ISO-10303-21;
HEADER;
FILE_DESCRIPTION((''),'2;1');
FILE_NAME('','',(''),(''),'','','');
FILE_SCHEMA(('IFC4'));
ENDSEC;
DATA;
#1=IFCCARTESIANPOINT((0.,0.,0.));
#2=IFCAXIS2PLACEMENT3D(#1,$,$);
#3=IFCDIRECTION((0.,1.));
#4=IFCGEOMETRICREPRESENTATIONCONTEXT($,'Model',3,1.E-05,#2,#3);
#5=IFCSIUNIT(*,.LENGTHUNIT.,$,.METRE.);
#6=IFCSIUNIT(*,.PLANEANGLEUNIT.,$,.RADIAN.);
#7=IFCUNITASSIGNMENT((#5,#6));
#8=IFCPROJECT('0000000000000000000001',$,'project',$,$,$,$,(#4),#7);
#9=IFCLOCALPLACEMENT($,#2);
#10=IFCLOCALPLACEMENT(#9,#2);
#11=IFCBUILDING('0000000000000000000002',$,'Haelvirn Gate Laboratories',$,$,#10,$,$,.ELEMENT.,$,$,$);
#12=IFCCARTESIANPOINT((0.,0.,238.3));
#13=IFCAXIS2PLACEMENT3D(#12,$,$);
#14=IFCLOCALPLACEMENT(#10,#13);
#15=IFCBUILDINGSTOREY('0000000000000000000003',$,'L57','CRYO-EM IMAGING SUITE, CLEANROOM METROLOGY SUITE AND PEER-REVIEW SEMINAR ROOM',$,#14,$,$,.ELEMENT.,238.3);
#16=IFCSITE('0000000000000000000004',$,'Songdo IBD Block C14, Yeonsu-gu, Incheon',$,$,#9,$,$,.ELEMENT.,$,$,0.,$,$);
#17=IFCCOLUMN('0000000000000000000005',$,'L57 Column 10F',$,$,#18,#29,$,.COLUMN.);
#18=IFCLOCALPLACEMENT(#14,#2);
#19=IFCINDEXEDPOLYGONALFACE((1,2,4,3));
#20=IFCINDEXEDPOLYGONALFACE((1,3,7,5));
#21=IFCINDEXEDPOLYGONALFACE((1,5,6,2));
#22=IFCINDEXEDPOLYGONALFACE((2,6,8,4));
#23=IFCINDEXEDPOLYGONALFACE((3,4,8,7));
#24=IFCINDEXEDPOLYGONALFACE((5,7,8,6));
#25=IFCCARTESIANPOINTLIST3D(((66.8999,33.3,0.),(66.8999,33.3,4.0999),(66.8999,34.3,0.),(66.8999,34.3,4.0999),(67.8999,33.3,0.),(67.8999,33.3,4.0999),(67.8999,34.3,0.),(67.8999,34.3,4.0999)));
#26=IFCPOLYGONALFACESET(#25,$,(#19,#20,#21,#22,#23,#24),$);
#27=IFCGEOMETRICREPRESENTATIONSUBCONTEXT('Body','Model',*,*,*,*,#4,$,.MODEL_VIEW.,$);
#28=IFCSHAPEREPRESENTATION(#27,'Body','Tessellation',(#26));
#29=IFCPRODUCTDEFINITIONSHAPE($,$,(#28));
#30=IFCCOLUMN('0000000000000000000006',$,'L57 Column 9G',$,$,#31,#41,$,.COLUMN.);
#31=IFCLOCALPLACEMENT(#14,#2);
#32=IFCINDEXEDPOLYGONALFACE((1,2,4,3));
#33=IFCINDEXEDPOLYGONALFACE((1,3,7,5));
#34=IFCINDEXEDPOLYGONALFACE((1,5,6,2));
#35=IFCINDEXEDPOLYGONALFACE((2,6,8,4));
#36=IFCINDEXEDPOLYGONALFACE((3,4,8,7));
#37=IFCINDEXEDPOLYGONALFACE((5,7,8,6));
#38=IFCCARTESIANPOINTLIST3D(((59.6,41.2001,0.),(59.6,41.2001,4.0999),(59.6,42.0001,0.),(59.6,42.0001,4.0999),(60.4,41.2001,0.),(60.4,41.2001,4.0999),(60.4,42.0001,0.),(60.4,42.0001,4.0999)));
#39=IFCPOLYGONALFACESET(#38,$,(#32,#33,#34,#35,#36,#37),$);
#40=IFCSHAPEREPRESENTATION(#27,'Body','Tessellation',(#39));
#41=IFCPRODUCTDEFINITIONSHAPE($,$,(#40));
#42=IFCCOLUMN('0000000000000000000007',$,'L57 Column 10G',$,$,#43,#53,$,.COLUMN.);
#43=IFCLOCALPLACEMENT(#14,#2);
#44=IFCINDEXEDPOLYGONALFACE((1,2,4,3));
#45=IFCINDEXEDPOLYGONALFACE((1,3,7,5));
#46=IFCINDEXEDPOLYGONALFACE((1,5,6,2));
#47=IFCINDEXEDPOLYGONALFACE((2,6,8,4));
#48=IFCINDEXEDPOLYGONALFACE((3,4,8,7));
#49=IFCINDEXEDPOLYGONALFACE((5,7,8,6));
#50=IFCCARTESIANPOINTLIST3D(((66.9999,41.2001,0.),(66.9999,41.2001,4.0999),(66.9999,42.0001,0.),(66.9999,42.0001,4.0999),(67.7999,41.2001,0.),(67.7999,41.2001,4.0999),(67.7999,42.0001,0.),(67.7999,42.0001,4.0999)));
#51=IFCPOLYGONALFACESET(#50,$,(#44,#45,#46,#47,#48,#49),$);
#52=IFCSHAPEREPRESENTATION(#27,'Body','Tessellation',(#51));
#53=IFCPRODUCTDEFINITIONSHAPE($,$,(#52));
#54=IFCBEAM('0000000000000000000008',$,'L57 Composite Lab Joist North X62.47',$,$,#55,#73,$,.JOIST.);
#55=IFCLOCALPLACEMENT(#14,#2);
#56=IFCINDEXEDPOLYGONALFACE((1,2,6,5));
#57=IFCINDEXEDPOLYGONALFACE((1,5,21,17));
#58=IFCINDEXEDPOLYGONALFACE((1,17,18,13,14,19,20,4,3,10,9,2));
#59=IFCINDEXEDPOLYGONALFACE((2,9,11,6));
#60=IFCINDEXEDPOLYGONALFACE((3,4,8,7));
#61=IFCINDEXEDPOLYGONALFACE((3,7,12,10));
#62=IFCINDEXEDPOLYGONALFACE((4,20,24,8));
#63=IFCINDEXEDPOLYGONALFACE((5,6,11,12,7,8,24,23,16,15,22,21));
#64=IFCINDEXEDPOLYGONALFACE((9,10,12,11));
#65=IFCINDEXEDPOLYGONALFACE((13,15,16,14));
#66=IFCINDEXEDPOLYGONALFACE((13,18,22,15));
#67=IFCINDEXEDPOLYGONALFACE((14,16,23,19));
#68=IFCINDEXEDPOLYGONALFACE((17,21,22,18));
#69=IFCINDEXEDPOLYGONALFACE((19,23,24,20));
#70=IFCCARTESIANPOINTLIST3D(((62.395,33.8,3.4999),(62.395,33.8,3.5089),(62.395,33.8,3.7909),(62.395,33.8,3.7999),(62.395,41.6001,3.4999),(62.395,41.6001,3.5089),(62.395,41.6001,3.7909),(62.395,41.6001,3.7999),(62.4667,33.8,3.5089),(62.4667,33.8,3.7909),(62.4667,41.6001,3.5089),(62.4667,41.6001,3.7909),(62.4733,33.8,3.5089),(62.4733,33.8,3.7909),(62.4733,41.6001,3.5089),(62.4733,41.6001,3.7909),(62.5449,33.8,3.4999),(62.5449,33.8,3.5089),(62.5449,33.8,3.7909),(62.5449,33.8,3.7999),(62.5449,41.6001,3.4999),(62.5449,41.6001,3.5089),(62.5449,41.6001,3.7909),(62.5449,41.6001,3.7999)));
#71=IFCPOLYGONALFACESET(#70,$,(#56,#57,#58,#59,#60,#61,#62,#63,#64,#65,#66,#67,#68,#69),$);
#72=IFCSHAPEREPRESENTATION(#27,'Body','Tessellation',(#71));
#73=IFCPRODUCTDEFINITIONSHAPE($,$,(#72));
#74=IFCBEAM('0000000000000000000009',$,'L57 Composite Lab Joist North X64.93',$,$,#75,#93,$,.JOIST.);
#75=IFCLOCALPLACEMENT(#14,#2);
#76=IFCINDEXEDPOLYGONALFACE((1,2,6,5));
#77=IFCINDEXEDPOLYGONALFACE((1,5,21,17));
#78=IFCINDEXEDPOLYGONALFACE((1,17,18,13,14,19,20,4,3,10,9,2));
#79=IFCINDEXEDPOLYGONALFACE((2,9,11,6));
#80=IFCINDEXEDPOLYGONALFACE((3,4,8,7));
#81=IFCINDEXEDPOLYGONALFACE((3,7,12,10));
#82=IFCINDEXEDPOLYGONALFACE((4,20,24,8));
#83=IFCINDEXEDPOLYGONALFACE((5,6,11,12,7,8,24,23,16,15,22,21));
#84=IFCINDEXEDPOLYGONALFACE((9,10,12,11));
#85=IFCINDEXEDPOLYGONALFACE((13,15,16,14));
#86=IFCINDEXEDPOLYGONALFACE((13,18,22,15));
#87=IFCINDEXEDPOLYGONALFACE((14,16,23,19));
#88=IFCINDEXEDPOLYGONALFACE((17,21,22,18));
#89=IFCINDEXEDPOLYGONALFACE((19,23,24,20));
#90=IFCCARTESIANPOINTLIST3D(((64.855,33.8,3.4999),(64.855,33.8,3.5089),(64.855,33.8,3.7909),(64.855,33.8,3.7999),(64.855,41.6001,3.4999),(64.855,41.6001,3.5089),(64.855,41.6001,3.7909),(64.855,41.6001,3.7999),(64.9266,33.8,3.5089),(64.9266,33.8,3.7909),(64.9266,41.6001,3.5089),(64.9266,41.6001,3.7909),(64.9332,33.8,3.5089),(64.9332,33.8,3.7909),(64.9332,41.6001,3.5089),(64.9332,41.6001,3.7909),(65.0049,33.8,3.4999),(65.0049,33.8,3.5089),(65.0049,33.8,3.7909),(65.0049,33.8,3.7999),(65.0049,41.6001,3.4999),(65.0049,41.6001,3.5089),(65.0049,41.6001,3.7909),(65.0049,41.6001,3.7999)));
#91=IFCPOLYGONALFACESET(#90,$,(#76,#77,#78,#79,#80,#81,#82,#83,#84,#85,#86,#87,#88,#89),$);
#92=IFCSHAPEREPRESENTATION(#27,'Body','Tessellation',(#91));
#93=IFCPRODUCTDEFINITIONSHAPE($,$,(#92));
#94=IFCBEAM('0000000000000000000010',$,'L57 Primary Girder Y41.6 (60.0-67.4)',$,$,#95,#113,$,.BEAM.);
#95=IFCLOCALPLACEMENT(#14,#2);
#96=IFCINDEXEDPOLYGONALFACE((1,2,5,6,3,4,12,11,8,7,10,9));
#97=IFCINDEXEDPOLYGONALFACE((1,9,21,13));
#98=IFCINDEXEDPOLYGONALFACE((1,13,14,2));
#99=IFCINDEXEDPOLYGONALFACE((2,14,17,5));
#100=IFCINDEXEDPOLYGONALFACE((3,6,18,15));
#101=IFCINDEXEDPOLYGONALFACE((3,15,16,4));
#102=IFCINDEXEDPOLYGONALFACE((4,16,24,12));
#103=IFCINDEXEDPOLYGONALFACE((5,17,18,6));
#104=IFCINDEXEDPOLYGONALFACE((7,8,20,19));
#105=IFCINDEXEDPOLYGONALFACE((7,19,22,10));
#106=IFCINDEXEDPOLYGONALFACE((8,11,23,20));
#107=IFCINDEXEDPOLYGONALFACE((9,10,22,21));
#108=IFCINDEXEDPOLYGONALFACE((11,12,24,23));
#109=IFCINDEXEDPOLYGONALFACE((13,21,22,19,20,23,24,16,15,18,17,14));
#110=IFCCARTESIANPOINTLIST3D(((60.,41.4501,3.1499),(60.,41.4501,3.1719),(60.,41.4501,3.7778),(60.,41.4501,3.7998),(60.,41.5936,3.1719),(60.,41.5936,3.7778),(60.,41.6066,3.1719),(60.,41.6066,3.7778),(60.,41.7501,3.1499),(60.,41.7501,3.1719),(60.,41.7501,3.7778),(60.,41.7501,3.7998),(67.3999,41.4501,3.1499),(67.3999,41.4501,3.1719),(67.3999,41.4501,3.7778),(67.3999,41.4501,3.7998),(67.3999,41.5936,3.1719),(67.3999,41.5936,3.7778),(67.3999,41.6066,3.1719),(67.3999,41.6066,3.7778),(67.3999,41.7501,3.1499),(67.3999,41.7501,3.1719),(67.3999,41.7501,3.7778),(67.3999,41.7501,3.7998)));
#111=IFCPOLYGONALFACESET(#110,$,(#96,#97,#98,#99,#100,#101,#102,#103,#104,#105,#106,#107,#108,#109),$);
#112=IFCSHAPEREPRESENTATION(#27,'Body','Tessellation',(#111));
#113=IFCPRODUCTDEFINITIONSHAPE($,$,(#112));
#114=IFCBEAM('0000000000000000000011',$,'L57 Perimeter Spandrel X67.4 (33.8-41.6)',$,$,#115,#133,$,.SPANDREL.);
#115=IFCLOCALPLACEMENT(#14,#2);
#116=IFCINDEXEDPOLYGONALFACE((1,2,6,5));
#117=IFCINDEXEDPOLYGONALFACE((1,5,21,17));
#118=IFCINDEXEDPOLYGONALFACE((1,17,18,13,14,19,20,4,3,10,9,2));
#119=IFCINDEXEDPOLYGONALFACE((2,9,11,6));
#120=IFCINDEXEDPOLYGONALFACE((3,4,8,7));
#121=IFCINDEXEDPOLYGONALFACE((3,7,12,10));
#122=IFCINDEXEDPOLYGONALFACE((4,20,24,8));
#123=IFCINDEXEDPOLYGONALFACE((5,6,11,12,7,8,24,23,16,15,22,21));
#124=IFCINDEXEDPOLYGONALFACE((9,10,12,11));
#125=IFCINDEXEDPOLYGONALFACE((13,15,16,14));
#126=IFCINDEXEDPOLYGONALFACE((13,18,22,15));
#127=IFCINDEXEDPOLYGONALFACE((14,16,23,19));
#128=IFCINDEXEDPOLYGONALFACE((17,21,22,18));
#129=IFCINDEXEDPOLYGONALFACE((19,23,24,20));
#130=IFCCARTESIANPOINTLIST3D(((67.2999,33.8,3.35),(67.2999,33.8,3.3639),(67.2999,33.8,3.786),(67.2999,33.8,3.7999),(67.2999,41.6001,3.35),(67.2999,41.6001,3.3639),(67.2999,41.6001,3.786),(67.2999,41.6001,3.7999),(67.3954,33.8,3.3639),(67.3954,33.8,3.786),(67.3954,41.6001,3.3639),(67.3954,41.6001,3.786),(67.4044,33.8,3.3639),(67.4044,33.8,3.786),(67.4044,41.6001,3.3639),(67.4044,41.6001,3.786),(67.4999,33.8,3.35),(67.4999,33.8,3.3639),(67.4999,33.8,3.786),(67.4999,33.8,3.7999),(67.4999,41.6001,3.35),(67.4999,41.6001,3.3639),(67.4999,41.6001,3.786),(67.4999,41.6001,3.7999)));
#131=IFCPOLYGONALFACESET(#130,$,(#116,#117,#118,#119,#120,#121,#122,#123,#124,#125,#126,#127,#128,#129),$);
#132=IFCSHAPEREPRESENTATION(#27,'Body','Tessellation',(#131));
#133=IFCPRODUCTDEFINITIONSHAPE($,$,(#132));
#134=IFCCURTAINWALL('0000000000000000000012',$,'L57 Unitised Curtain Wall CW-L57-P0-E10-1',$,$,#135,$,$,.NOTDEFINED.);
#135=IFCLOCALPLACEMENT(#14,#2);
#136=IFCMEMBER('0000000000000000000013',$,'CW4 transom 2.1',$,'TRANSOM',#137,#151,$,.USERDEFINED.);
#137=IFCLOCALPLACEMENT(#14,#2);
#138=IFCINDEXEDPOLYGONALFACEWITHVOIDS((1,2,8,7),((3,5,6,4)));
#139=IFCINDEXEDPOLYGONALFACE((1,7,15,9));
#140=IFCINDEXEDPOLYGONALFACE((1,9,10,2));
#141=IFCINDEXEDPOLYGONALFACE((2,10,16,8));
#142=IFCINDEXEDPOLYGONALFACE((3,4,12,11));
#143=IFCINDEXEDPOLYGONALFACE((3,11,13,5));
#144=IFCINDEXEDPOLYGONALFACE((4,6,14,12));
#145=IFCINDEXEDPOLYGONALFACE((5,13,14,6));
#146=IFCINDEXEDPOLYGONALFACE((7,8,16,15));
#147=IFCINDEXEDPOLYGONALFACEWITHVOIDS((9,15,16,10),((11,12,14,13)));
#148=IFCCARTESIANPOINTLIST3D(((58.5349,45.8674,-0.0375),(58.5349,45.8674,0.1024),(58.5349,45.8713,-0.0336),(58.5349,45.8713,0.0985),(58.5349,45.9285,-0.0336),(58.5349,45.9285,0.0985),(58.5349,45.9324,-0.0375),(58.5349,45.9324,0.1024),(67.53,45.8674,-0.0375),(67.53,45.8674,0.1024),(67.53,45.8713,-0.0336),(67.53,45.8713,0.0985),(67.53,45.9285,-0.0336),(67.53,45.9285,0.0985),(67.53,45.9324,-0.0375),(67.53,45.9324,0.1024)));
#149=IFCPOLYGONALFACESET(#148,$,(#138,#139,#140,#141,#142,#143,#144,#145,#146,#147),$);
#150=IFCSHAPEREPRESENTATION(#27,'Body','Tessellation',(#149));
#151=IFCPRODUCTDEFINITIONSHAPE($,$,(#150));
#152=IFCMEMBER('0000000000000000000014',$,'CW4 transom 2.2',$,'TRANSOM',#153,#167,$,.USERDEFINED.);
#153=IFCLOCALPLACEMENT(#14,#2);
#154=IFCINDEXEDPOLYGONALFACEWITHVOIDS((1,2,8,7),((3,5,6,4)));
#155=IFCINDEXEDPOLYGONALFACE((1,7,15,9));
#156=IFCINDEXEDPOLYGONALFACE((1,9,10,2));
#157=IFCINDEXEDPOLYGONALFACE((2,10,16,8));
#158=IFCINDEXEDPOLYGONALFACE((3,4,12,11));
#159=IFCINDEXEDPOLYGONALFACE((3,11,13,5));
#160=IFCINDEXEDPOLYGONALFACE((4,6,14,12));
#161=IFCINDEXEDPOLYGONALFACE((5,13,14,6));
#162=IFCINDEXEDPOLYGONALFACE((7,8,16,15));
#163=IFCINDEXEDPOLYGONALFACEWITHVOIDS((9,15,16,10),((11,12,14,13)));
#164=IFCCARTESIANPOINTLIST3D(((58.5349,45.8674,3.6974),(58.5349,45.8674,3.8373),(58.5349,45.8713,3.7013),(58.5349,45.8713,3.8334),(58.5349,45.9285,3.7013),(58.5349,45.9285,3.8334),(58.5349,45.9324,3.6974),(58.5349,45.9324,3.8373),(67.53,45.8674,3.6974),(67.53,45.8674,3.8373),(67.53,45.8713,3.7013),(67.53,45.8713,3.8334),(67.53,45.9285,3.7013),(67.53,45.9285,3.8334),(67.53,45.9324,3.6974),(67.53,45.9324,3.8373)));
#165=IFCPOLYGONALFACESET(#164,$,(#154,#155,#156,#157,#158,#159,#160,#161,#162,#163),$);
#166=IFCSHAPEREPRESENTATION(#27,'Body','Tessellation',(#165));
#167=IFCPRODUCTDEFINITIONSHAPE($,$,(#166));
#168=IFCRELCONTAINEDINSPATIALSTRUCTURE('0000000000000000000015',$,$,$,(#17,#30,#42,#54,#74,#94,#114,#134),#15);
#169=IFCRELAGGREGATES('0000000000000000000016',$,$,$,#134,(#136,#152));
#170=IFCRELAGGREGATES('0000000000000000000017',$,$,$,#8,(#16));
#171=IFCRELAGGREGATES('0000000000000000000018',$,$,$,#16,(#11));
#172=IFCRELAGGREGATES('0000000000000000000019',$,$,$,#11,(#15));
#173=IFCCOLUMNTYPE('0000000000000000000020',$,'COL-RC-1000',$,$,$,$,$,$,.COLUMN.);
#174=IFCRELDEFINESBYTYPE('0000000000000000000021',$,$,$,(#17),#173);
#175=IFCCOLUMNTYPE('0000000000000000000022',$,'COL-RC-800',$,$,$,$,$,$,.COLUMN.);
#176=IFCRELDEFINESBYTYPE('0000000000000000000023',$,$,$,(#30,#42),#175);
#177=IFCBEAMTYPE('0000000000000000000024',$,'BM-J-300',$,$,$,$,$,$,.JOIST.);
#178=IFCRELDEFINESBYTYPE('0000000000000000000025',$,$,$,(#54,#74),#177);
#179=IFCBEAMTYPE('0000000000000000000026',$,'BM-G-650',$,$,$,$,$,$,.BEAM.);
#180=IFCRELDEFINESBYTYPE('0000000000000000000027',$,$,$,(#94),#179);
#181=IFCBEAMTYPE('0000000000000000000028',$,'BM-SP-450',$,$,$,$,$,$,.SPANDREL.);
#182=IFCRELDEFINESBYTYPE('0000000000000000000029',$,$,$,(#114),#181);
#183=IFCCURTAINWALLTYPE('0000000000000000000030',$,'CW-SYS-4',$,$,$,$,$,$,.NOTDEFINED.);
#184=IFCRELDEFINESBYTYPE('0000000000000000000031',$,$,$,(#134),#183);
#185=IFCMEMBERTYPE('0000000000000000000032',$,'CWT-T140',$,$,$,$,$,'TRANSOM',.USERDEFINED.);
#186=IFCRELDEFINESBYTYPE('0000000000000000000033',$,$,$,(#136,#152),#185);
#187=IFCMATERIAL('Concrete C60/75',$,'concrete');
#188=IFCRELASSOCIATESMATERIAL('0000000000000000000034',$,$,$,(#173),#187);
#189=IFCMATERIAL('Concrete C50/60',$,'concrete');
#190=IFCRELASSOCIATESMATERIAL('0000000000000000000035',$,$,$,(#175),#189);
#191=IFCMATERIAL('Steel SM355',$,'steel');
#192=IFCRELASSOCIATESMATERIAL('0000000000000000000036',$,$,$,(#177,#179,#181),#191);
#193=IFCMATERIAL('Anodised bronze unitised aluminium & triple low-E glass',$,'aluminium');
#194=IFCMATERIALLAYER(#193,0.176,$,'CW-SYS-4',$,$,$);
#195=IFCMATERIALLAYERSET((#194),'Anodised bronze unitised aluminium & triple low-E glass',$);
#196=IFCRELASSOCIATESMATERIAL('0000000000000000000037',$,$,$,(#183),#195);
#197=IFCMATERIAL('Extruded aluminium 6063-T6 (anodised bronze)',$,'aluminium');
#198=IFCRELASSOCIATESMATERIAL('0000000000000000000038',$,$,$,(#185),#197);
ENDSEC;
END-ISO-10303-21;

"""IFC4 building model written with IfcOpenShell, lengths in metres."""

from ifc_helpers import new_model, si_unit, direction, frame, origin, origin_2d, place, context, subcontext, project, spatial, rectangle, hollow_rectangle, i_section, extrude, source, transform, mapped, material, layer, layer_set, material_profile, profile_set, type_object, type_shapes, element, aggregate, save


model = new_model("IFC4")

# Units and contexts
model_context = context("Model", 3, precision=1e-05, world=origin(), true_north=direction((0.0, 1.0)))
body_context = subcontext(model_context, "Body", "Model", "MODEL_VIEW")
ifc_project = project(units=[si_unit("LENGTHUNIT", "METRE"), si_unit("PLANEANGLEUNIT", "RADIAN")], contexts=[model_context])

# Site, building, storey
site_placement = place(None, origin())
site = spatial("IfcSite", under=ifc_project, at=site_placement, Name="Songdo IBD Block C14, Yeonsu-gu, Incheon", CompositionType="ELEMENT", RefElevation=0.0)
building_placement = place(site_placement, origin())
building = spatial("IfcBuilding", under=site, at=building_placement, Name="Haelvirn Gate Laboratories", CompositionType="ELEMENT")
storey_placement = place(building_placement, frame((0.0, 0.0, 238.3)))
storey = spatial("IfcBuildingStorey", under=building, at=storey_placement, Name="L57", Description="CRYO-EM IMAGING SUITE, CLEANROOM METROLOGY SUITE AND PEER-REVIEW SEMINAR ROOM", CompositionType="ELEMENT", Elevation=238.3)

# Columns
ifc_material_1 = material(Name="Concrete C60/75", Category="concrete")
ifc_material_profile_1 = material_profile(ifc_material_1, rectangle(XDim=1.0, YDim=1.0, at=origin_2d()), Name="RC-1000x1000")
ifc_profile_set_1 = profile_set([ifc_material_profile_1], Name="Concrete C60/75")
column_type_1 = type_object("IfcColumnType", Name="COL-RC-1000", PredefinedType="COLUMN", material=ifc_profile_set_1)
shared_shape_1 = source(origin(), body_context, "Body", "SweptSolid", [
    extrude(rectangle(XDim=1.0, YDim=1.0, at=origin_2d()), origin(), (0.0, 0.0, 1.0), 4.0999),
])
type_shapes(column_type_1, [shared_shape_1])
column_placement = place(storey_placement, frame((67.3999, 33.8, 0.0), z_axis=(0.0, 0.0, 1.0), x_axis=(1.0, 0.0, 0.0)))
element("IfcColumn", 1, at=column_placement, inside=storey, type_object=column_type_1, Name="L57 Column 10F", PredefinedType="COLUMN", context=body_context, shape_type="MappedRepresentation", body=[
    mapped(shared_shape_1, transform((0.0, 0.0, 0.0), scale=1.0)),
])
ifc_material_2 = material(Name="Concrete C50/60", Category="concrete")
ifc_material_profile_2 = material_profile(ifc_material_2, rectangle(XDim=0.8, YDim=0.8, at=origin_2d()), Name="RC-800x800")
ifc_profile_set_2 = profile_set([ifc_material_profile_2], Name="Concrete C50/60")
column_type_2 = type_object("IfcColumnType", Name="COL-RC-800", PredefinedType="COLUMN", material=ifc_profile_set_2)
shared_shape_2 = source(origin(), body_context, "Body", "SweptSolid", [
    extrude(rectangle(XDim=0.8, YDim=0.8, at=origin_2d()), origin(), (0.0, 0.0, 1.0), 4.0999),
])
type_shapes(column_type_2, [shared_shape_2])
for number, where, z_axis, x_axis, name in (
    (2, (60.0, 41.6001, 0.0), (0.0, 0.0, 1.0), (1.0, 0.0, 0.0), "L57 Column 9G"),
    (3, (67.3999, 41.6001, 0.0), (0.0, 0.0, 1.0), (1.0, 0.0, 0.0), "L57 Column 10G"),
):
    element("IfcColumn", number, at=place(storey_placement, frame(where, z_axis=z_axis, x_axis=x_axis)), inside=storey, type_object=column_type_2, Name=name, PredefinedType="COLUMN", context=body_context, shape_type="MappedRepresentation", body=[
        mapped(shared_shape_2, transform((0.0, 0.0, 0.0), scale=1.0)),
    ])

# Beams
ifc_material_3 = material(Name="Steel SM355", Category="steel")
ifc_material_profile_3 = material_profile(ifc_material_3, i_section(OverallWidth=0.1499, OverallDepth=0.3, WebThickness=0.0066, FlangeThickness=0.009, at=origin_2d()), Name="H-300x150x6.5x9")
ifc_profile_set_3 = profile_set([ifc_material_profile_3], Name="Steel SM355")
beam_type_1 = type_object("IfcBeamType", Name="BM-J-300", PredefinedType="JOIST", material=ifc_profile_set_3)
shared_shape_3 = source(origin(), body_context, "Body", "SweptSolid", [
    extrude(i_section(OverallWidth=0.1499, OverallDepth=0.3, WebThickness=0.0066, FlangeThickness=0.009, at=origin_2d()), origin(), (0.0, 0.0, 1.0), 7.8),
])
type_shapes(beam_type_1, [shared_shape_3])
for number, where, z_axis, x_axis, name in (
    (4, (62.47, 33.8, 3.6499), (0.0, 1.0, 0.0), (-1.0, 0.0, 0.0), "L57 Composite Lab Joist North X62.47"),
    (5, (64.9299, 33.8, 3.6499), (0.0, 1.0, 0.0), (-1.0, 0.0, 0.0), "L57 Composite Lab Joist North X64.93"),
):
    element("IfcBeam", number, at=place(storey_placement, frame(where, z_axis=z_axis, x_axis=x_axis)), inside=storey, type_object=beam_type_1, Name=name, PredefinedType="JOIST", context=body_context, shape_type="MappedRepresentation", body=[
        mapped(shared_shape_3, transform((0.0, 0.0, 0.0), scale=1.0)),
    ])
ifc_material_profile_4 = material_profile(ifc_material_3, i_section(OverallWidth=0.3, OverallDepth=0.6499, WebThickness=0.0129, FlangeThickness=0.022, at=origin_2d()), Name="H-650x300x13x22")
ifc_profile_set_4 = profile_set([ifc_material_profile_4], Name="Steel SM355")
beam_type_2 = type_object("IfcBeamType", Name="BM-G-650", PredefinedType="BEAM", material=ifc_profile_set_4)
shared_shape_4 = source(origin(), body_context, "Body", "SweptSolid", [
    extrude(i_section(OverallWidth=0.3, OverallDepth=0.6499, WebThickness=0.0129, FlangeThickness=0.022, at=origin_2d()), origin(), (0.0, 0.0, 1.0), 7.3999),
])
type_shapes(beam_type_2, [shared_shape_4])
beam_1_placement = place(storey_placement, frame((60.0, 41.6001, 3.4749), z_axis=(1.0, 0.0, 0.0), x_axis=(0.0, 1.0, 0.0)))
element("IfcBeam", 6, at=beam_1_placement, inside=storey, type_object=beam_type_2, Name="L57 Primary Girder Y41.6 (60.0-67.4)", PredefinedType="BEAM", context=body_context, shape_type="MappedRepresentation", body=[
    mapped(shared_shape_4, transform((0.0, 0.0, 0.0), scale=1.0)),
])
ifc_material_profile_5 = material_profile(ifc_material_3, i_section(OverallWidth=0.2, OverallDepth=0.45, WebThickness=0.009, FlangeThickness=0.0139, at=origin_2d()), Name="H-450x200x9x14")
ifc_profile_set_5 = profile_set([ifc_material_profile_5], Name="Steel SM355")
beam_type_3 = type_object("IfcBeamType", Name="BM-SP-450", PredefinedType="SPANDREL", material=ifc_profile_set_5)
shared_shape_5 = source(origin(), body_context, "Body", "SweptSolid", [
    extrude(i_section(OverallWidth=0.2, OverallDepth=0.45, WebThickness=0.009, FlangeThickness=0.0139, at=origin_2d()), origin(), (0.0, 0.0, 1.0), 7.8),
])
type_shapes(beam_type_3, [shared_shape_5])
beam_2_placement = place(storey_placement, frame((67.3999, 33.8, 3.575), z_axis=(0.0, 1.0, 0.0), x_axis=(-1.0, 0.0, 0.0)))
element("IfcBeam", 7, at=beam_2_placement, inside=storey, type_object=beam_type_3, Name="L57 Perimeter Spandrel X67.4 (33.8-41.6)", PredefinedType="SPANDREL", context=body_context, shape_type="MappedRepresentation", body=[
    mapped(shared_shape_5, transform((0.0, 0.0, 0.0), scale=1.0)),
])

# Curtain wall, members
ifc_material_4 = material(Name="Anodised bronze unitised aluminium & triple low-E glass", Category="aluminium")
ifc_layer_1 = layer(ifc_material_4, 0.176, Name="CW-SYS-4")
ifc_layer_set_1 = layer_set([ifc_layer_1], Name="Anodised bronze unitised aluminium & triple low-E glass")
curtain_wall_type_1 = type_object("IfcCurtainWallType", Name="CW-SYS-4", PredefinedType="NOTDEFINED", material=ifc_layer_set_1)
curtain_wall_1_placement = place(storey_placement, origin())
curtain_wall_1 = element("IfcCurtainWall", 8, at=curtain_wall_1_placement, inside=storey, type_object=curtain_wall_type_1, Name="L57 Unitised Curtain Wall CW-L57-P0-E10-1", PredefinedType="NOTDEFINED")
ifc_material_5 = material(Name="Extruded aluminium 6063-T6 (anodised bronze)", Category="aluminium")
ifc_material_profile_6 = material_profile(ifc_material_5, hollow_rectangle(XDim=0.0649, YDim=0.1399, WallThickness=0.0039, at=origin_2d()), Name="CWT-140x65x4")
ifc_profile_set_6 = profile_set([ifc_material_profile_6], Name="Extruded aluminium 6063-T6 (anodised bronze)")
member_type_1 = type_object("IfcMemberType", Name="CWT-T140", ElementType="TRANSOM", PredefinedType="USERDEFINED", material=ifc_profile_set_6)
shared_shape_6 = source(origin(), body_context, "Body", "SweptSolid", [
    extrude(hollow_rectangle(XDim=0.0649, YDim=0.1399, WallThickness=0.0039, at=origin_2d()), origin(), (0.0, 0.0, 1.0), 8.9951),
])
member_1_placement = place(storey_placement, frame((58.5349, 45.8999, 0.0325), z_axis=(1.0, 0.0, 0.0), x_axis=(0.0, 1.0, 0.0)))
member_1 = element("IfcMember", 9, at=member_1_placement, type_object=member_type_1, Name="CW4 transom 2.1", ObjectType="TRANSOM", PredefinedType="USERDEFINED", context=body_context, shape_type="MappedRepresentation", body=[
    mapped(shared_shape_6, transform((0.0, 0.0, 0.0), scale=1.0)),
])
member_2_placement = place(storey_placement, frame((58.5349, 45.8999, 3.7673), z_axis=(1.0, 0.0, 0.0), x_axis=(0.0, 1.0, 0.0)))
member_2 = element("IfcMember", 10, at=member_2_placement, type_object=member_type_1, Name="CW4 transom 2.2", ObjectType="TRANSOM", PredefinedType="USERDEFINED", context=body_context, shape_type="MappedRepresentation", body=[
    mapped(shared_shape_6, transform((0.0, 0.0, 0.0), scale=1.0)),
])

aggregate(curtain_wall_1, [member_1, member_2])

save(model, "model.ifc")
